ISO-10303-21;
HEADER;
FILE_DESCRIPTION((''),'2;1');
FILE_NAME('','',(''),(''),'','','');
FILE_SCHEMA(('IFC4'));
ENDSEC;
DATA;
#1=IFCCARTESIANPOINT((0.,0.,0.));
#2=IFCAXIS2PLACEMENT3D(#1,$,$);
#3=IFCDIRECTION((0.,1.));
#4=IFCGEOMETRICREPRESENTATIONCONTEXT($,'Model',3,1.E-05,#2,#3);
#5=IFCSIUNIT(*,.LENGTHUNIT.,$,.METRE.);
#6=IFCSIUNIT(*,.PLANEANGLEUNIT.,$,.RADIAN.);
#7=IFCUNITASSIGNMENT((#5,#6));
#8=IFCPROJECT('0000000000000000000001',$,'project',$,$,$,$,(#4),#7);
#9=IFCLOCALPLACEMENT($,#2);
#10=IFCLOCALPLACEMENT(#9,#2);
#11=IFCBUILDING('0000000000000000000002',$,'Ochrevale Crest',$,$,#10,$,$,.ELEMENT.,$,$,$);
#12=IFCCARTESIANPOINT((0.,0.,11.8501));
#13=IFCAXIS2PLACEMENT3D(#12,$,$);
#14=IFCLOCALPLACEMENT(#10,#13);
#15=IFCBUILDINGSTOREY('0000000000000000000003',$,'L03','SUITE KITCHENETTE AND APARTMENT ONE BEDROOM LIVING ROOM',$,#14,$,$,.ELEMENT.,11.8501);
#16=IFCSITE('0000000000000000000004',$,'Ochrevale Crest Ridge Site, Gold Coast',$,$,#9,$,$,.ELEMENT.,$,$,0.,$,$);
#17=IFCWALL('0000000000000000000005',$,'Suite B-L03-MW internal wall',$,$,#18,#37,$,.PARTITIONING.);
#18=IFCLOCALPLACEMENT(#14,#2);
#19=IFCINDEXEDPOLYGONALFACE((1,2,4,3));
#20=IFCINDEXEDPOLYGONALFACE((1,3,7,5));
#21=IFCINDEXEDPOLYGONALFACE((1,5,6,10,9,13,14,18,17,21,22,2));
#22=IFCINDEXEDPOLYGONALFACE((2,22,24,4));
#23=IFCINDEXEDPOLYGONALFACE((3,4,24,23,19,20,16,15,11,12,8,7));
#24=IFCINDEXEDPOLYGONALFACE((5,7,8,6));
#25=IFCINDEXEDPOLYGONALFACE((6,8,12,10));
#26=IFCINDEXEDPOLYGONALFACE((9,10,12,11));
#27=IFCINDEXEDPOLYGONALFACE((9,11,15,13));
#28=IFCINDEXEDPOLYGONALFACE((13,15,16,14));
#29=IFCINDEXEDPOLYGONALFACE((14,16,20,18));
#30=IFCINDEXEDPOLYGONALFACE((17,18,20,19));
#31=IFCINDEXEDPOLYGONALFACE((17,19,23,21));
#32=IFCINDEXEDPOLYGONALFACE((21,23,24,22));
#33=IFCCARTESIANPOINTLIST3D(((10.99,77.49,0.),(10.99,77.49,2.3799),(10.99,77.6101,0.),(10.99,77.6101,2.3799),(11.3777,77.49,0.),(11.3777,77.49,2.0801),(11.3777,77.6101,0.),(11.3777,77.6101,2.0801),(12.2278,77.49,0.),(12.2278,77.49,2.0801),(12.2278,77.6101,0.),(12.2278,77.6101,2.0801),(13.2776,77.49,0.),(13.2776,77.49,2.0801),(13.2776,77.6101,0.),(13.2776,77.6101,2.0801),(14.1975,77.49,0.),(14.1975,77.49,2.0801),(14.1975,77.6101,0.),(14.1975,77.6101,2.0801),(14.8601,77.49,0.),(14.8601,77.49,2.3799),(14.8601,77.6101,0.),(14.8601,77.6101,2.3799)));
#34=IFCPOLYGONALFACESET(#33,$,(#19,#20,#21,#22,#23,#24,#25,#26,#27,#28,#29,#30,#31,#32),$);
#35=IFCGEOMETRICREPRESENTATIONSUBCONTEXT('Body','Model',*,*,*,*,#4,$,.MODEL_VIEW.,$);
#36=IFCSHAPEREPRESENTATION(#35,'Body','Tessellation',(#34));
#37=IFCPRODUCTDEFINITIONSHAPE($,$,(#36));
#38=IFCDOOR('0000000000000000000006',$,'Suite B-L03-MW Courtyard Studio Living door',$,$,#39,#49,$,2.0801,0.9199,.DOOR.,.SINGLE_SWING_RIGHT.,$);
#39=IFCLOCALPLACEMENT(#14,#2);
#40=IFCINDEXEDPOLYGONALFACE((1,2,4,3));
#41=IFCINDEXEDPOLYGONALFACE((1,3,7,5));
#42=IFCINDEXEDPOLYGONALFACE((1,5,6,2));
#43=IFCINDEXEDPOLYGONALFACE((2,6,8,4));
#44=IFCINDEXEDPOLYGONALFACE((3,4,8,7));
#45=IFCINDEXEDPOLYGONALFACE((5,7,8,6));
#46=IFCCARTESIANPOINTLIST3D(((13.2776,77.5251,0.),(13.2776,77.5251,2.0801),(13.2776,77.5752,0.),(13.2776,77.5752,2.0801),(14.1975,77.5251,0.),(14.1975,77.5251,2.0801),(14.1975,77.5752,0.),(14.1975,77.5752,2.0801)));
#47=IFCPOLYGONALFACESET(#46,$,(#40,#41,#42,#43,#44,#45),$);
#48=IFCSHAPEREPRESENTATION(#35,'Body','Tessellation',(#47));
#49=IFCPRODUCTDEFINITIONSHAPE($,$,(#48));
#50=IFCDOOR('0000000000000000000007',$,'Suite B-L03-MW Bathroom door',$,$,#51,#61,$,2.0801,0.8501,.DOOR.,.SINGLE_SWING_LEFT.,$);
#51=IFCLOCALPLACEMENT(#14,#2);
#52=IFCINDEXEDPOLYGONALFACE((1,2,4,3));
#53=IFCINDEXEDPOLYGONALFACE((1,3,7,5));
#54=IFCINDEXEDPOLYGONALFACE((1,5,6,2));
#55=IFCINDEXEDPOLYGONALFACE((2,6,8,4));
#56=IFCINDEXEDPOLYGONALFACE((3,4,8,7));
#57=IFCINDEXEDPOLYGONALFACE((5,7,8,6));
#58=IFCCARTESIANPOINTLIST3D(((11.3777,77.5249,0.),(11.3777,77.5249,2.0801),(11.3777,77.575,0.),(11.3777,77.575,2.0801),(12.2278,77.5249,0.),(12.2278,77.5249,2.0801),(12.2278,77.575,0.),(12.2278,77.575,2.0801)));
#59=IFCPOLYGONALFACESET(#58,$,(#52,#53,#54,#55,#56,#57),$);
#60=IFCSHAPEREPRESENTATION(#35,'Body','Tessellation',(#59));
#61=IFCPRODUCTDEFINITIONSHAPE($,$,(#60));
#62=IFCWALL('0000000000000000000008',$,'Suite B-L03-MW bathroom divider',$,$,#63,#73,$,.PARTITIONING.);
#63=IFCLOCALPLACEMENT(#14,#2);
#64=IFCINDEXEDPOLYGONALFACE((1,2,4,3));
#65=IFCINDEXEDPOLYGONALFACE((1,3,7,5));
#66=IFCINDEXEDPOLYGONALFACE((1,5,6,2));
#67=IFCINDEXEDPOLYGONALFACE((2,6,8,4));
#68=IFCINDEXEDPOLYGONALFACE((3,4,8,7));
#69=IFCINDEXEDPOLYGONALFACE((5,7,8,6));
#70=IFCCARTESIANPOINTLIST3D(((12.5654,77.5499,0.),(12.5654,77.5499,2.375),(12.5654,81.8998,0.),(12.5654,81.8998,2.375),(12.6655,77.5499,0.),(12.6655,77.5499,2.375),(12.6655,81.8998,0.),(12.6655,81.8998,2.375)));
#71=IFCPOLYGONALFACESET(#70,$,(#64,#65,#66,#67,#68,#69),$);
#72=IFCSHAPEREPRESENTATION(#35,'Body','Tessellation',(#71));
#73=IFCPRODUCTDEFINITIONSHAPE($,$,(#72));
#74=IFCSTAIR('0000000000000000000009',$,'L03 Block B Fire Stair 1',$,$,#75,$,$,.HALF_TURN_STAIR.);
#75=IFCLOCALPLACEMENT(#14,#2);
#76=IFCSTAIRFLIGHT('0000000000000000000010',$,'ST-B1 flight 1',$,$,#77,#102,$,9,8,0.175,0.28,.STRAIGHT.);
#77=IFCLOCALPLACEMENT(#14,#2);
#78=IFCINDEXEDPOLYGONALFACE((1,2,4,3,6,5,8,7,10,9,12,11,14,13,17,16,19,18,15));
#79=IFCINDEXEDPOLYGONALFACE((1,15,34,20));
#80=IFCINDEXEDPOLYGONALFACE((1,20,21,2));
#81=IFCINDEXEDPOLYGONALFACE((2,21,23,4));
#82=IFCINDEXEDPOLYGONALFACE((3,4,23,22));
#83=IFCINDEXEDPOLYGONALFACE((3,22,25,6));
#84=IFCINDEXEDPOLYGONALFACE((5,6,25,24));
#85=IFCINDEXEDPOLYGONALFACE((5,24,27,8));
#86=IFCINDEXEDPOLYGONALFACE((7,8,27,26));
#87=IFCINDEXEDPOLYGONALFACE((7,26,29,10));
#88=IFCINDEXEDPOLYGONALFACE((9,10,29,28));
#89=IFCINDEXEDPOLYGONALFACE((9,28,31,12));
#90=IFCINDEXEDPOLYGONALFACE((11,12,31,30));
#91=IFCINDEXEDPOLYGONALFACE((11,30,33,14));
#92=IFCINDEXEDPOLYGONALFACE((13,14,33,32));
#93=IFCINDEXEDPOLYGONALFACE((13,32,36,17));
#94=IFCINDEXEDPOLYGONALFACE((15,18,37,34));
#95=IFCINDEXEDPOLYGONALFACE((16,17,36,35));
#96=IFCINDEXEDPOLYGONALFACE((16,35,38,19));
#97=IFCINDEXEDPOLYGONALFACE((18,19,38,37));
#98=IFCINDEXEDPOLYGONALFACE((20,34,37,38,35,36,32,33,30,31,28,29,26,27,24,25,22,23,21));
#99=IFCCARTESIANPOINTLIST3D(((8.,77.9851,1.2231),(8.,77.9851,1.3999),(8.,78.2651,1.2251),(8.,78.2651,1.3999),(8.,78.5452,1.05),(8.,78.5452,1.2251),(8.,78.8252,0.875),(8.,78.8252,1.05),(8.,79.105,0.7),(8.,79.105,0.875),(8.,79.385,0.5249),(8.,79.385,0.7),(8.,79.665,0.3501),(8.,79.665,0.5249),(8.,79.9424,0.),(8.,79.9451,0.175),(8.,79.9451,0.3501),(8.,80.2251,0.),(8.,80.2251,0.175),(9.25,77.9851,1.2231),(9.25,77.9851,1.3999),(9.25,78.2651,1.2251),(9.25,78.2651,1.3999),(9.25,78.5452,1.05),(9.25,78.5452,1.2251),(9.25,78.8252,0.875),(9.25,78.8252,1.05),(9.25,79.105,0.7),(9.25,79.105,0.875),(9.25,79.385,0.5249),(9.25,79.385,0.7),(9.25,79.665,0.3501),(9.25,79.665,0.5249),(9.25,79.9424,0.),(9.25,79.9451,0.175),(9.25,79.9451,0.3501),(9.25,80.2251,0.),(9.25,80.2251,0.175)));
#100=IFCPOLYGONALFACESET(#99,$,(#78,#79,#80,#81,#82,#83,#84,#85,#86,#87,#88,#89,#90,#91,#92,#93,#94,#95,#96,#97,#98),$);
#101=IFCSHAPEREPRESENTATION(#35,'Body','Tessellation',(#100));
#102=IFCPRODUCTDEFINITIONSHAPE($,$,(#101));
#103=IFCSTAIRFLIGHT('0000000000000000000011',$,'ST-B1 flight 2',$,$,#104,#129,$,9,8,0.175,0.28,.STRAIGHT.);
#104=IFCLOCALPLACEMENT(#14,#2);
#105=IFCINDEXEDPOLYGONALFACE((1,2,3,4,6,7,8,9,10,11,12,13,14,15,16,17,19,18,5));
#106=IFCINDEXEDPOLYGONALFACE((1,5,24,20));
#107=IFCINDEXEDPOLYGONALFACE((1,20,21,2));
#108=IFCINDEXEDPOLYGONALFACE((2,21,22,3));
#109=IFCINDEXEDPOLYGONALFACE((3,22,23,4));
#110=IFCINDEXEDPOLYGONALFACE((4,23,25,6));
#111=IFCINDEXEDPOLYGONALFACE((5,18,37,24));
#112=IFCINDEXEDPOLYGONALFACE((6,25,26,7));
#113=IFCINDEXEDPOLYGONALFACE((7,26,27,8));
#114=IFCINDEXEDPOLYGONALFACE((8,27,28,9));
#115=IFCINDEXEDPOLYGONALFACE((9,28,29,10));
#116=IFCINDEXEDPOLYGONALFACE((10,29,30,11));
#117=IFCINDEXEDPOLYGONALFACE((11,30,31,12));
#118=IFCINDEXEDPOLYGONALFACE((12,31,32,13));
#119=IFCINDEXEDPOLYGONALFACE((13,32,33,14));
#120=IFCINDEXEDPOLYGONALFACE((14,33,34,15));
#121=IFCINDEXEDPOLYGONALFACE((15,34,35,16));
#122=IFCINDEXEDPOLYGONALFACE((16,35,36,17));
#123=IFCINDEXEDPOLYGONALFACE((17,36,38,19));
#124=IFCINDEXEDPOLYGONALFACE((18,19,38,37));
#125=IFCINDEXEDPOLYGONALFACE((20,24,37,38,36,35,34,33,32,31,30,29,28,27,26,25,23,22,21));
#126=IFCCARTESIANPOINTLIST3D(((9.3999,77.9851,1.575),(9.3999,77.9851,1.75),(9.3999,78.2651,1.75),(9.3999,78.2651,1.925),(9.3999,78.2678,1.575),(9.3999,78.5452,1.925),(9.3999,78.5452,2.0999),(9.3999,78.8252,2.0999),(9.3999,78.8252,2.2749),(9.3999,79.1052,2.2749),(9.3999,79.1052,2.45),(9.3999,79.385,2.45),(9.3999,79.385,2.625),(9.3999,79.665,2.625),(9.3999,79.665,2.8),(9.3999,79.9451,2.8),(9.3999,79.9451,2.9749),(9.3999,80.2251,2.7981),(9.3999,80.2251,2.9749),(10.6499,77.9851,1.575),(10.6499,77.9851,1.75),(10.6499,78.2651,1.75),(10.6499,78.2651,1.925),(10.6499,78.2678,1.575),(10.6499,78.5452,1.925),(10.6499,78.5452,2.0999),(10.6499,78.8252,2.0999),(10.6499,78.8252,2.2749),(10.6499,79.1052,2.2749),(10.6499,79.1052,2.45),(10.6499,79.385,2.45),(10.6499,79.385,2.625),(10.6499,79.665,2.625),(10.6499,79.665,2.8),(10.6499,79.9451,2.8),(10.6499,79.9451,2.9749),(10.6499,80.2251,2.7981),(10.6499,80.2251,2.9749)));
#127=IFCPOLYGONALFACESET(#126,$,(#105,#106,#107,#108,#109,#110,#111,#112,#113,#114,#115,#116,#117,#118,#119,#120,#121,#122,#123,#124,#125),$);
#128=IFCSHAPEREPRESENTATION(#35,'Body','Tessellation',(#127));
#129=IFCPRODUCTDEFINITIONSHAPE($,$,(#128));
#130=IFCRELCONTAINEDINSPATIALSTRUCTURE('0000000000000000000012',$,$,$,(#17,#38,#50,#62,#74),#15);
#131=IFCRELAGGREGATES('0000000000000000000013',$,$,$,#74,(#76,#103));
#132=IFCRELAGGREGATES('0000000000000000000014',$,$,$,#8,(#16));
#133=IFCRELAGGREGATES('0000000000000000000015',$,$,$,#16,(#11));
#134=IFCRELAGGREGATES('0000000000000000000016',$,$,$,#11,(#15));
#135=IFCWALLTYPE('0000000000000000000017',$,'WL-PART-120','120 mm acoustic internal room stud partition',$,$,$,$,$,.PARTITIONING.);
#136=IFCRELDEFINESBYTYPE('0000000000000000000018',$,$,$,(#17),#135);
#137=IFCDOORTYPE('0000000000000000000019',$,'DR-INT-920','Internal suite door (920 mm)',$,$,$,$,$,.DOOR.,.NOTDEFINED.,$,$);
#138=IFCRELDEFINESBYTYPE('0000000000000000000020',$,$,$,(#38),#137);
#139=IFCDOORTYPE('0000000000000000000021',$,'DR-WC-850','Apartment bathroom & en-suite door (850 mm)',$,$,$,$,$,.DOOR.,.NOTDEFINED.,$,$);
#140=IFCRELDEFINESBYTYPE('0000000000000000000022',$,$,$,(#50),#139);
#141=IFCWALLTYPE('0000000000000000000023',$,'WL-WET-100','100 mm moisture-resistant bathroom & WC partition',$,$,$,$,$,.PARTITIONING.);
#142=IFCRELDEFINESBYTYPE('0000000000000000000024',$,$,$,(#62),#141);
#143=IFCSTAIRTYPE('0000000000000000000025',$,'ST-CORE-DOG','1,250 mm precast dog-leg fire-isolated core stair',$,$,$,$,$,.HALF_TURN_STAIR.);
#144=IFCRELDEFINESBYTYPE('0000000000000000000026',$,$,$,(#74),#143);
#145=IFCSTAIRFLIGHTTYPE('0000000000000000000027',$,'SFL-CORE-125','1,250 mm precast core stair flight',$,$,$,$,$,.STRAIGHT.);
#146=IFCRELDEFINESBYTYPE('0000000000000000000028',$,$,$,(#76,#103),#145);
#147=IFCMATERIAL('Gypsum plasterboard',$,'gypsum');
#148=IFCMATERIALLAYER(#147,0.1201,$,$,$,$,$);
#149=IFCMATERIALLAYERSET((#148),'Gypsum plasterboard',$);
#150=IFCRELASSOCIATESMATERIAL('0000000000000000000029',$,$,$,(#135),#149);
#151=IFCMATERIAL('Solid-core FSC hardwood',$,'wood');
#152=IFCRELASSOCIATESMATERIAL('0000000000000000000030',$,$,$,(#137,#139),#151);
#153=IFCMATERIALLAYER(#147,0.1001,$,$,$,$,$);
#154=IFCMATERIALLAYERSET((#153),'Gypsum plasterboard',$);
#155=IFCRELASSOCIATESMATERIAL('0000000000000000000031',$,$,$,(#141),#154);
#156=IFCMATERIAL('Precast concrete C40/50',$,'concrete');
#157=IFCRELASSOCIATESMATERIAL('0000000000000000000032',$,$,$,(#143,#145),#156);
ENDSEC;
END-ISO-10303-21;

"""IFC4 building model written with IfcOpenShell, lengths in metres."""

from ifc_helpers import new_model, si_unit, direction, frame, frame_2d, origin, place, context, subcontext, project, spatial, polyline, rectangle, outline, extrude, material, layer, layer_set, type_object, element, fill, aggregate, save


model = new_model("IFC4")

# Units and contexts
model_context = context("Model", 3, precision=1e-05, world=origin(), true_north=direction((0.0, 1.0)))
body_context = subcontext(model_context, "Body", "Model", "MODEL_VIEW")
ifc_project = project(units=[si_unit("LENGTHUNIT", "METRE"), si_unit("PLANEANGLEUNIT", "RADIAN")], contexts=[model_context])

# Site, building, storey
site_placement = place(None, origin())
site = spatial("IfcSite", under=ifc_project, at=site_placement, Name="Ochrevale Crest Ridge Site, Gold Coast", CompositionType="ELEMENT", RefElevation=0.0)
building_placement = place(site_placement, origin())
building = spatial("IfcBuilding", under=site, at=building_placement, Name="Ochrevale Crest", CompositionType="ELEMENT")
storey_placement = place(building_placement, frame((0.0, 0.0, 11.8501)))
storey = spatial("IfcBuildingStorey", under=building, at=storey_placement, Name="L03", Description="SUITE KITCHENETTE AND APARTMENT ONE BEDROOM LIVING ROOM", CompositionType="ELEMENT", Elevation=11.8501)

# Wall, openings, doors
ifc_material_1 = material(Name="Gypsum plasterboard", Category="gypsum")
ifc_layer_1 = layer(ifc_material_1, 0.1201)
ifc_layer_set_1 = layer_set([ifc_layer_1], Name="Gypsum plasterboard")
wall_type_1 = type_object("IfcWallType", Name="WL-PART-120", Description="120 mm acoustic internal room stud partition", PredefinedType="PARTITIONING", material=ifc_layer_set_1)
wall_1_placement = place(storey_placement, frame((10.99, 77.55, 0.0), z_axis=(0.0, 0.0, 1.0), x_axis=(1.0, 0.0, 0.0)))
wall_1 = element("IfcWall", 1, at=wall_1_placement, inside=storey, type_object=wall_type_1, Name="Suite B-L03-MW internal wall", PredefinedType="PARTITIONING", context=body_context, shape_type="SweptSolid", body=[
    extrude(rectangle(XDim=3.8701, YDim=0.1201, at=frame_2d((1.9351, 0.0))), origin(), (0.0, 0.0, 1.0), 2.3799),
])
opening_1_placement = place(wall_1_placement, frame((0.3877, 0.0, 0.0)))
opening_1 = element("IfcOpeningElement", 2, at=opening_1_placement, cuts=wall_1, PredefinedType="OPENING", context=body_context, shape_type="SweptSolid", body=[
    extrude(rectangle(XDim=0.8501, YDim=2.0801, at=frame_2d((0.425, 1.04))), frame((0.0, 0.0701, 0.0), z_axis=(0.0, -1.0, 0.0), x_axis=(1.0, 0.0, 0.0)), (0.0, 0.0, 1.0), 0.1401),
])
opening_2_placement = place(wall_1_placement, frame((3.2075, 0.0, 0.0), z_axis=(0.0, 0.0, 1.0), x_axis=(-1.0, 0.0, 0.0)))
opening_2 = element("IfcOpeningElement", 3, at=opening_2_placement, cuts=wall_1, PredefinedType="OPENING", context=body_context, shape_type="SweptSolid", body=[
    extrude(rectangle(XDim=0.9199, YDim=2.0801, at=frame_2d((0.46, 1.04))), frame((0.0, 0.0701, 0.0), z_axis=(0.0, -1.0, 0.0), x_axis=(1.0, 0.0, 0.0)), (0.0, 0.0, 1.0), 0.1401),
])
ifc_material_2 = material(Name="Solid-core FSC hardwood", Category="wood")
door_type_1 = type_object("IfcDoorType", Name="DR-INT-920", Description="Internal suite door (920 mm)", OperationType="NOTDEFINED", PredefinedType="DOOR", material=ifc_material_2)
door_1_placement = place(opening_2_placement, origin())
door_1 = element("IfcDoor", 4, at=door_1_placement, inside=storey, type_object=door_type_1, Name="Suite B-L03-MW Courtyard Studio Living door", OperationType="SINGLE_SWING_RIGHT", OverallHeight=2.0801, OverallWidth=0.9199, PredefinedType="DOOR", context=body_context, shape_type="SweptSolid", body=[
    extrude(rectangle(XDim=0.9199, YDim=2.0801, at=frame_2d((0.46, 1.04))), frame((0.0, 0.0249, 0.0), z_axis=(0.0, -1.0, 0.0), x_axis=(1.0, 0.0, 0.0)), (0.0, 0.0, 1.0), 0.05),
])
fill(opening_2, door_1)
door_type_2 = type_object("IfcDoorType", Name="DR-WC-850", Description="Apartment bathroom & en-suite door (850 mm)", OperationType="NOTDEFINED", PredefinedType="DOOR", material=ifc_material_2)
door_2_placement = place(opening_1_placement, origin())
door_2 = element("IfcDoor", 5, at=door_2_placement, inside=storey, type_object=door_type_2, Name="Suite B-L03-MW Bathroom door", OperationType="SINGLE_SWING_LEFT", OverallHeight=2.0801, OverallWidth=0.8501, PredefinedType="DOOR", context=body_context, shape_type="SweptSolid", body=[
    extrude(rectangle(XDim=0.8501, YDim=2.0801, at=frame_2d((0.425, 1.04))), frame((0.0, 0.0249, 0.0), z_axis=(0.0, -1.0, 0.0), x_axis=(1.0, 0.0, 0.0)), (0.0, 0.0, 1.0), 0.05),
])
fill(opening_1, door_2)

# Wall
ifc_layer_2 = layer(ifc_material_1, 0.1001)
ifc_layer_set_2 = layer_set([ifc_layer_2], Name="Gypsum plasterboard")
wall_type_2 = type_object("IfcWallType", Name="WL-WET-100", Description="100 mm moisture-resistant bathroom & WC partition", PredefinedType="PARTITIONING", material=ifc_layer_set_2)
wall_2_placement = place(storey_placement, frame((12.6155, 77.55, 0.0), z_axis=(0.0, 0.0, 1.0), x_axis=(0.0, 1.0, 0.0)))
element("IfcWall", 6, at=wall_2_placement, inside=storey, type_object=wall_type_2, Name="Suite B-L03-MW bathroom divider", PredefinedType="PARTITIONING", context=body_context, shape_type="SweptSolid", body=[
    extrude(rectangle(XDim=4.3499, YDim=0.1001, at=frame_2d((2.1748, 0.0))), origin(), (0.0, 0.0, 1.0), 2.375),
])

# Stair, stair flights
ifc_material_3 = material(Name="Precast concrete C40/50", Category="concrete")
stair_type = type_object("IfcStairType", Name="ST-CORE-DOG", Description="1,250 mm precast dog-leg fire-isolated core stair", PredefinedType="HALF_TURN_STAIR", material=ifc_material_3)
stair_placement = place(storey_placement, origin())
stair = element("IfcStair", 7, at=stair_placement, inside=storey, type_object=stair_type, Name="L03 Block B Fire Stair 1", PredefinedType="HALF_TURN_STAIR")
stair_flight_type = type_object("IfcStairFlightType", Name="SFL-CORE-125", Description="1,250 mm precast core stair flight", PredefinedType="STRAIGHT", material=ifc_material_3)
stair_flight_1_placement = place(storey_placement, frame((8.625, 80.2251, 0.0), z_axis=(0.0, 0.0, 1.0), x_axis=(0.0, -1.0, 0.0)))
stair_flight_1 = element("IfcStairFlight", 8, at=stair_flight_1_placement, type_object=stair_flight_type, Name="ST-B1 flight 1", NumberOfRisers=9, NumberOfTreads=8, PredefinedType="STRAIGHT", RiserHeight=0.175, TreadLength=0.28, context=body_context, shape_type="SweptSolid", body=[
    extrude(outline(polyline([(0.0, 0.0), (0.0, 0.175), (0.28, 0.175), (0.28, 0.3501), (0.5601, 0.3501), (0.5601, 0.5249), (0.8401, 0.5249), (0.8401, 0.7), (1.1201, 0.7), (1.1201, 0.875), (1.3999, 0.875), (1.3999, 1.05), (1.6799, 1.05), (1.6799, 1.2251), (1.96, 1.2251), (1.96, 1.3999), (2.24, 1.3999), (2.24, 1.575), (2.24, 1.2231), (0.2827, 0.0), (0.0, 0.0)])), frame((0.0, 0.625, 0.0), z_axis=(0.0, -1.0, 0.0), x_axis=(1.0, 0.0, 0.0)), (0.0, 0.0, 1.0), 1.25),
])
stair_flight_2_placement = place(storey_placement, frame((10.0249, 77.9851, 1.575), z_axis=(0.0, 0.0, 1.0), x_axis=(0.0, 1.0, 0.0)))
stair_flight_2 = element("IfcStairFlight", 9, at=stair_flight_2_placement, type_object=stair_flight_type, Name="ST-B1 flight 2", NumberOfRisers=9, NumberOfTreads=8, PredefinedType="STRAIGHT", RiserHeight=0.175, TreadLength=0.28, context=body_context, shape_type="SweptSolid", body=[
    extrude(outline(polyline([(0.0, 0.0), (0.0, 0.175), (0.28, 0.175), (0.28, 0.3501), (0.5601, 0.3501), (0.5601, 0.5249), (0.8401, 0.5249), (0.8401, 0.7), (1.1201, 0.7), (1.1201, 0.875), (1.3999, 0.875), (1.3999, 1.05), (1.6799, 1.05), (1.6799, 1.2251), (1.96, 1.2251), (1.96, 1.3999), (2.24, 1.3999), (2.24, 1.575), (2.24, 1.2231), (0.2827, 0.0), (0.0, 0.0)])), frame((0.0, 0.625, 0.0), z_axis=(0.0, -1.0, 0.0), x_axis=(1.0, 0.0, 0.0)), (0.0, 0.0, 1.0), 1.25),
])
aggregate(stair, [stair_flight_1, stair_flight_2])

save(model, "model.ifc")
